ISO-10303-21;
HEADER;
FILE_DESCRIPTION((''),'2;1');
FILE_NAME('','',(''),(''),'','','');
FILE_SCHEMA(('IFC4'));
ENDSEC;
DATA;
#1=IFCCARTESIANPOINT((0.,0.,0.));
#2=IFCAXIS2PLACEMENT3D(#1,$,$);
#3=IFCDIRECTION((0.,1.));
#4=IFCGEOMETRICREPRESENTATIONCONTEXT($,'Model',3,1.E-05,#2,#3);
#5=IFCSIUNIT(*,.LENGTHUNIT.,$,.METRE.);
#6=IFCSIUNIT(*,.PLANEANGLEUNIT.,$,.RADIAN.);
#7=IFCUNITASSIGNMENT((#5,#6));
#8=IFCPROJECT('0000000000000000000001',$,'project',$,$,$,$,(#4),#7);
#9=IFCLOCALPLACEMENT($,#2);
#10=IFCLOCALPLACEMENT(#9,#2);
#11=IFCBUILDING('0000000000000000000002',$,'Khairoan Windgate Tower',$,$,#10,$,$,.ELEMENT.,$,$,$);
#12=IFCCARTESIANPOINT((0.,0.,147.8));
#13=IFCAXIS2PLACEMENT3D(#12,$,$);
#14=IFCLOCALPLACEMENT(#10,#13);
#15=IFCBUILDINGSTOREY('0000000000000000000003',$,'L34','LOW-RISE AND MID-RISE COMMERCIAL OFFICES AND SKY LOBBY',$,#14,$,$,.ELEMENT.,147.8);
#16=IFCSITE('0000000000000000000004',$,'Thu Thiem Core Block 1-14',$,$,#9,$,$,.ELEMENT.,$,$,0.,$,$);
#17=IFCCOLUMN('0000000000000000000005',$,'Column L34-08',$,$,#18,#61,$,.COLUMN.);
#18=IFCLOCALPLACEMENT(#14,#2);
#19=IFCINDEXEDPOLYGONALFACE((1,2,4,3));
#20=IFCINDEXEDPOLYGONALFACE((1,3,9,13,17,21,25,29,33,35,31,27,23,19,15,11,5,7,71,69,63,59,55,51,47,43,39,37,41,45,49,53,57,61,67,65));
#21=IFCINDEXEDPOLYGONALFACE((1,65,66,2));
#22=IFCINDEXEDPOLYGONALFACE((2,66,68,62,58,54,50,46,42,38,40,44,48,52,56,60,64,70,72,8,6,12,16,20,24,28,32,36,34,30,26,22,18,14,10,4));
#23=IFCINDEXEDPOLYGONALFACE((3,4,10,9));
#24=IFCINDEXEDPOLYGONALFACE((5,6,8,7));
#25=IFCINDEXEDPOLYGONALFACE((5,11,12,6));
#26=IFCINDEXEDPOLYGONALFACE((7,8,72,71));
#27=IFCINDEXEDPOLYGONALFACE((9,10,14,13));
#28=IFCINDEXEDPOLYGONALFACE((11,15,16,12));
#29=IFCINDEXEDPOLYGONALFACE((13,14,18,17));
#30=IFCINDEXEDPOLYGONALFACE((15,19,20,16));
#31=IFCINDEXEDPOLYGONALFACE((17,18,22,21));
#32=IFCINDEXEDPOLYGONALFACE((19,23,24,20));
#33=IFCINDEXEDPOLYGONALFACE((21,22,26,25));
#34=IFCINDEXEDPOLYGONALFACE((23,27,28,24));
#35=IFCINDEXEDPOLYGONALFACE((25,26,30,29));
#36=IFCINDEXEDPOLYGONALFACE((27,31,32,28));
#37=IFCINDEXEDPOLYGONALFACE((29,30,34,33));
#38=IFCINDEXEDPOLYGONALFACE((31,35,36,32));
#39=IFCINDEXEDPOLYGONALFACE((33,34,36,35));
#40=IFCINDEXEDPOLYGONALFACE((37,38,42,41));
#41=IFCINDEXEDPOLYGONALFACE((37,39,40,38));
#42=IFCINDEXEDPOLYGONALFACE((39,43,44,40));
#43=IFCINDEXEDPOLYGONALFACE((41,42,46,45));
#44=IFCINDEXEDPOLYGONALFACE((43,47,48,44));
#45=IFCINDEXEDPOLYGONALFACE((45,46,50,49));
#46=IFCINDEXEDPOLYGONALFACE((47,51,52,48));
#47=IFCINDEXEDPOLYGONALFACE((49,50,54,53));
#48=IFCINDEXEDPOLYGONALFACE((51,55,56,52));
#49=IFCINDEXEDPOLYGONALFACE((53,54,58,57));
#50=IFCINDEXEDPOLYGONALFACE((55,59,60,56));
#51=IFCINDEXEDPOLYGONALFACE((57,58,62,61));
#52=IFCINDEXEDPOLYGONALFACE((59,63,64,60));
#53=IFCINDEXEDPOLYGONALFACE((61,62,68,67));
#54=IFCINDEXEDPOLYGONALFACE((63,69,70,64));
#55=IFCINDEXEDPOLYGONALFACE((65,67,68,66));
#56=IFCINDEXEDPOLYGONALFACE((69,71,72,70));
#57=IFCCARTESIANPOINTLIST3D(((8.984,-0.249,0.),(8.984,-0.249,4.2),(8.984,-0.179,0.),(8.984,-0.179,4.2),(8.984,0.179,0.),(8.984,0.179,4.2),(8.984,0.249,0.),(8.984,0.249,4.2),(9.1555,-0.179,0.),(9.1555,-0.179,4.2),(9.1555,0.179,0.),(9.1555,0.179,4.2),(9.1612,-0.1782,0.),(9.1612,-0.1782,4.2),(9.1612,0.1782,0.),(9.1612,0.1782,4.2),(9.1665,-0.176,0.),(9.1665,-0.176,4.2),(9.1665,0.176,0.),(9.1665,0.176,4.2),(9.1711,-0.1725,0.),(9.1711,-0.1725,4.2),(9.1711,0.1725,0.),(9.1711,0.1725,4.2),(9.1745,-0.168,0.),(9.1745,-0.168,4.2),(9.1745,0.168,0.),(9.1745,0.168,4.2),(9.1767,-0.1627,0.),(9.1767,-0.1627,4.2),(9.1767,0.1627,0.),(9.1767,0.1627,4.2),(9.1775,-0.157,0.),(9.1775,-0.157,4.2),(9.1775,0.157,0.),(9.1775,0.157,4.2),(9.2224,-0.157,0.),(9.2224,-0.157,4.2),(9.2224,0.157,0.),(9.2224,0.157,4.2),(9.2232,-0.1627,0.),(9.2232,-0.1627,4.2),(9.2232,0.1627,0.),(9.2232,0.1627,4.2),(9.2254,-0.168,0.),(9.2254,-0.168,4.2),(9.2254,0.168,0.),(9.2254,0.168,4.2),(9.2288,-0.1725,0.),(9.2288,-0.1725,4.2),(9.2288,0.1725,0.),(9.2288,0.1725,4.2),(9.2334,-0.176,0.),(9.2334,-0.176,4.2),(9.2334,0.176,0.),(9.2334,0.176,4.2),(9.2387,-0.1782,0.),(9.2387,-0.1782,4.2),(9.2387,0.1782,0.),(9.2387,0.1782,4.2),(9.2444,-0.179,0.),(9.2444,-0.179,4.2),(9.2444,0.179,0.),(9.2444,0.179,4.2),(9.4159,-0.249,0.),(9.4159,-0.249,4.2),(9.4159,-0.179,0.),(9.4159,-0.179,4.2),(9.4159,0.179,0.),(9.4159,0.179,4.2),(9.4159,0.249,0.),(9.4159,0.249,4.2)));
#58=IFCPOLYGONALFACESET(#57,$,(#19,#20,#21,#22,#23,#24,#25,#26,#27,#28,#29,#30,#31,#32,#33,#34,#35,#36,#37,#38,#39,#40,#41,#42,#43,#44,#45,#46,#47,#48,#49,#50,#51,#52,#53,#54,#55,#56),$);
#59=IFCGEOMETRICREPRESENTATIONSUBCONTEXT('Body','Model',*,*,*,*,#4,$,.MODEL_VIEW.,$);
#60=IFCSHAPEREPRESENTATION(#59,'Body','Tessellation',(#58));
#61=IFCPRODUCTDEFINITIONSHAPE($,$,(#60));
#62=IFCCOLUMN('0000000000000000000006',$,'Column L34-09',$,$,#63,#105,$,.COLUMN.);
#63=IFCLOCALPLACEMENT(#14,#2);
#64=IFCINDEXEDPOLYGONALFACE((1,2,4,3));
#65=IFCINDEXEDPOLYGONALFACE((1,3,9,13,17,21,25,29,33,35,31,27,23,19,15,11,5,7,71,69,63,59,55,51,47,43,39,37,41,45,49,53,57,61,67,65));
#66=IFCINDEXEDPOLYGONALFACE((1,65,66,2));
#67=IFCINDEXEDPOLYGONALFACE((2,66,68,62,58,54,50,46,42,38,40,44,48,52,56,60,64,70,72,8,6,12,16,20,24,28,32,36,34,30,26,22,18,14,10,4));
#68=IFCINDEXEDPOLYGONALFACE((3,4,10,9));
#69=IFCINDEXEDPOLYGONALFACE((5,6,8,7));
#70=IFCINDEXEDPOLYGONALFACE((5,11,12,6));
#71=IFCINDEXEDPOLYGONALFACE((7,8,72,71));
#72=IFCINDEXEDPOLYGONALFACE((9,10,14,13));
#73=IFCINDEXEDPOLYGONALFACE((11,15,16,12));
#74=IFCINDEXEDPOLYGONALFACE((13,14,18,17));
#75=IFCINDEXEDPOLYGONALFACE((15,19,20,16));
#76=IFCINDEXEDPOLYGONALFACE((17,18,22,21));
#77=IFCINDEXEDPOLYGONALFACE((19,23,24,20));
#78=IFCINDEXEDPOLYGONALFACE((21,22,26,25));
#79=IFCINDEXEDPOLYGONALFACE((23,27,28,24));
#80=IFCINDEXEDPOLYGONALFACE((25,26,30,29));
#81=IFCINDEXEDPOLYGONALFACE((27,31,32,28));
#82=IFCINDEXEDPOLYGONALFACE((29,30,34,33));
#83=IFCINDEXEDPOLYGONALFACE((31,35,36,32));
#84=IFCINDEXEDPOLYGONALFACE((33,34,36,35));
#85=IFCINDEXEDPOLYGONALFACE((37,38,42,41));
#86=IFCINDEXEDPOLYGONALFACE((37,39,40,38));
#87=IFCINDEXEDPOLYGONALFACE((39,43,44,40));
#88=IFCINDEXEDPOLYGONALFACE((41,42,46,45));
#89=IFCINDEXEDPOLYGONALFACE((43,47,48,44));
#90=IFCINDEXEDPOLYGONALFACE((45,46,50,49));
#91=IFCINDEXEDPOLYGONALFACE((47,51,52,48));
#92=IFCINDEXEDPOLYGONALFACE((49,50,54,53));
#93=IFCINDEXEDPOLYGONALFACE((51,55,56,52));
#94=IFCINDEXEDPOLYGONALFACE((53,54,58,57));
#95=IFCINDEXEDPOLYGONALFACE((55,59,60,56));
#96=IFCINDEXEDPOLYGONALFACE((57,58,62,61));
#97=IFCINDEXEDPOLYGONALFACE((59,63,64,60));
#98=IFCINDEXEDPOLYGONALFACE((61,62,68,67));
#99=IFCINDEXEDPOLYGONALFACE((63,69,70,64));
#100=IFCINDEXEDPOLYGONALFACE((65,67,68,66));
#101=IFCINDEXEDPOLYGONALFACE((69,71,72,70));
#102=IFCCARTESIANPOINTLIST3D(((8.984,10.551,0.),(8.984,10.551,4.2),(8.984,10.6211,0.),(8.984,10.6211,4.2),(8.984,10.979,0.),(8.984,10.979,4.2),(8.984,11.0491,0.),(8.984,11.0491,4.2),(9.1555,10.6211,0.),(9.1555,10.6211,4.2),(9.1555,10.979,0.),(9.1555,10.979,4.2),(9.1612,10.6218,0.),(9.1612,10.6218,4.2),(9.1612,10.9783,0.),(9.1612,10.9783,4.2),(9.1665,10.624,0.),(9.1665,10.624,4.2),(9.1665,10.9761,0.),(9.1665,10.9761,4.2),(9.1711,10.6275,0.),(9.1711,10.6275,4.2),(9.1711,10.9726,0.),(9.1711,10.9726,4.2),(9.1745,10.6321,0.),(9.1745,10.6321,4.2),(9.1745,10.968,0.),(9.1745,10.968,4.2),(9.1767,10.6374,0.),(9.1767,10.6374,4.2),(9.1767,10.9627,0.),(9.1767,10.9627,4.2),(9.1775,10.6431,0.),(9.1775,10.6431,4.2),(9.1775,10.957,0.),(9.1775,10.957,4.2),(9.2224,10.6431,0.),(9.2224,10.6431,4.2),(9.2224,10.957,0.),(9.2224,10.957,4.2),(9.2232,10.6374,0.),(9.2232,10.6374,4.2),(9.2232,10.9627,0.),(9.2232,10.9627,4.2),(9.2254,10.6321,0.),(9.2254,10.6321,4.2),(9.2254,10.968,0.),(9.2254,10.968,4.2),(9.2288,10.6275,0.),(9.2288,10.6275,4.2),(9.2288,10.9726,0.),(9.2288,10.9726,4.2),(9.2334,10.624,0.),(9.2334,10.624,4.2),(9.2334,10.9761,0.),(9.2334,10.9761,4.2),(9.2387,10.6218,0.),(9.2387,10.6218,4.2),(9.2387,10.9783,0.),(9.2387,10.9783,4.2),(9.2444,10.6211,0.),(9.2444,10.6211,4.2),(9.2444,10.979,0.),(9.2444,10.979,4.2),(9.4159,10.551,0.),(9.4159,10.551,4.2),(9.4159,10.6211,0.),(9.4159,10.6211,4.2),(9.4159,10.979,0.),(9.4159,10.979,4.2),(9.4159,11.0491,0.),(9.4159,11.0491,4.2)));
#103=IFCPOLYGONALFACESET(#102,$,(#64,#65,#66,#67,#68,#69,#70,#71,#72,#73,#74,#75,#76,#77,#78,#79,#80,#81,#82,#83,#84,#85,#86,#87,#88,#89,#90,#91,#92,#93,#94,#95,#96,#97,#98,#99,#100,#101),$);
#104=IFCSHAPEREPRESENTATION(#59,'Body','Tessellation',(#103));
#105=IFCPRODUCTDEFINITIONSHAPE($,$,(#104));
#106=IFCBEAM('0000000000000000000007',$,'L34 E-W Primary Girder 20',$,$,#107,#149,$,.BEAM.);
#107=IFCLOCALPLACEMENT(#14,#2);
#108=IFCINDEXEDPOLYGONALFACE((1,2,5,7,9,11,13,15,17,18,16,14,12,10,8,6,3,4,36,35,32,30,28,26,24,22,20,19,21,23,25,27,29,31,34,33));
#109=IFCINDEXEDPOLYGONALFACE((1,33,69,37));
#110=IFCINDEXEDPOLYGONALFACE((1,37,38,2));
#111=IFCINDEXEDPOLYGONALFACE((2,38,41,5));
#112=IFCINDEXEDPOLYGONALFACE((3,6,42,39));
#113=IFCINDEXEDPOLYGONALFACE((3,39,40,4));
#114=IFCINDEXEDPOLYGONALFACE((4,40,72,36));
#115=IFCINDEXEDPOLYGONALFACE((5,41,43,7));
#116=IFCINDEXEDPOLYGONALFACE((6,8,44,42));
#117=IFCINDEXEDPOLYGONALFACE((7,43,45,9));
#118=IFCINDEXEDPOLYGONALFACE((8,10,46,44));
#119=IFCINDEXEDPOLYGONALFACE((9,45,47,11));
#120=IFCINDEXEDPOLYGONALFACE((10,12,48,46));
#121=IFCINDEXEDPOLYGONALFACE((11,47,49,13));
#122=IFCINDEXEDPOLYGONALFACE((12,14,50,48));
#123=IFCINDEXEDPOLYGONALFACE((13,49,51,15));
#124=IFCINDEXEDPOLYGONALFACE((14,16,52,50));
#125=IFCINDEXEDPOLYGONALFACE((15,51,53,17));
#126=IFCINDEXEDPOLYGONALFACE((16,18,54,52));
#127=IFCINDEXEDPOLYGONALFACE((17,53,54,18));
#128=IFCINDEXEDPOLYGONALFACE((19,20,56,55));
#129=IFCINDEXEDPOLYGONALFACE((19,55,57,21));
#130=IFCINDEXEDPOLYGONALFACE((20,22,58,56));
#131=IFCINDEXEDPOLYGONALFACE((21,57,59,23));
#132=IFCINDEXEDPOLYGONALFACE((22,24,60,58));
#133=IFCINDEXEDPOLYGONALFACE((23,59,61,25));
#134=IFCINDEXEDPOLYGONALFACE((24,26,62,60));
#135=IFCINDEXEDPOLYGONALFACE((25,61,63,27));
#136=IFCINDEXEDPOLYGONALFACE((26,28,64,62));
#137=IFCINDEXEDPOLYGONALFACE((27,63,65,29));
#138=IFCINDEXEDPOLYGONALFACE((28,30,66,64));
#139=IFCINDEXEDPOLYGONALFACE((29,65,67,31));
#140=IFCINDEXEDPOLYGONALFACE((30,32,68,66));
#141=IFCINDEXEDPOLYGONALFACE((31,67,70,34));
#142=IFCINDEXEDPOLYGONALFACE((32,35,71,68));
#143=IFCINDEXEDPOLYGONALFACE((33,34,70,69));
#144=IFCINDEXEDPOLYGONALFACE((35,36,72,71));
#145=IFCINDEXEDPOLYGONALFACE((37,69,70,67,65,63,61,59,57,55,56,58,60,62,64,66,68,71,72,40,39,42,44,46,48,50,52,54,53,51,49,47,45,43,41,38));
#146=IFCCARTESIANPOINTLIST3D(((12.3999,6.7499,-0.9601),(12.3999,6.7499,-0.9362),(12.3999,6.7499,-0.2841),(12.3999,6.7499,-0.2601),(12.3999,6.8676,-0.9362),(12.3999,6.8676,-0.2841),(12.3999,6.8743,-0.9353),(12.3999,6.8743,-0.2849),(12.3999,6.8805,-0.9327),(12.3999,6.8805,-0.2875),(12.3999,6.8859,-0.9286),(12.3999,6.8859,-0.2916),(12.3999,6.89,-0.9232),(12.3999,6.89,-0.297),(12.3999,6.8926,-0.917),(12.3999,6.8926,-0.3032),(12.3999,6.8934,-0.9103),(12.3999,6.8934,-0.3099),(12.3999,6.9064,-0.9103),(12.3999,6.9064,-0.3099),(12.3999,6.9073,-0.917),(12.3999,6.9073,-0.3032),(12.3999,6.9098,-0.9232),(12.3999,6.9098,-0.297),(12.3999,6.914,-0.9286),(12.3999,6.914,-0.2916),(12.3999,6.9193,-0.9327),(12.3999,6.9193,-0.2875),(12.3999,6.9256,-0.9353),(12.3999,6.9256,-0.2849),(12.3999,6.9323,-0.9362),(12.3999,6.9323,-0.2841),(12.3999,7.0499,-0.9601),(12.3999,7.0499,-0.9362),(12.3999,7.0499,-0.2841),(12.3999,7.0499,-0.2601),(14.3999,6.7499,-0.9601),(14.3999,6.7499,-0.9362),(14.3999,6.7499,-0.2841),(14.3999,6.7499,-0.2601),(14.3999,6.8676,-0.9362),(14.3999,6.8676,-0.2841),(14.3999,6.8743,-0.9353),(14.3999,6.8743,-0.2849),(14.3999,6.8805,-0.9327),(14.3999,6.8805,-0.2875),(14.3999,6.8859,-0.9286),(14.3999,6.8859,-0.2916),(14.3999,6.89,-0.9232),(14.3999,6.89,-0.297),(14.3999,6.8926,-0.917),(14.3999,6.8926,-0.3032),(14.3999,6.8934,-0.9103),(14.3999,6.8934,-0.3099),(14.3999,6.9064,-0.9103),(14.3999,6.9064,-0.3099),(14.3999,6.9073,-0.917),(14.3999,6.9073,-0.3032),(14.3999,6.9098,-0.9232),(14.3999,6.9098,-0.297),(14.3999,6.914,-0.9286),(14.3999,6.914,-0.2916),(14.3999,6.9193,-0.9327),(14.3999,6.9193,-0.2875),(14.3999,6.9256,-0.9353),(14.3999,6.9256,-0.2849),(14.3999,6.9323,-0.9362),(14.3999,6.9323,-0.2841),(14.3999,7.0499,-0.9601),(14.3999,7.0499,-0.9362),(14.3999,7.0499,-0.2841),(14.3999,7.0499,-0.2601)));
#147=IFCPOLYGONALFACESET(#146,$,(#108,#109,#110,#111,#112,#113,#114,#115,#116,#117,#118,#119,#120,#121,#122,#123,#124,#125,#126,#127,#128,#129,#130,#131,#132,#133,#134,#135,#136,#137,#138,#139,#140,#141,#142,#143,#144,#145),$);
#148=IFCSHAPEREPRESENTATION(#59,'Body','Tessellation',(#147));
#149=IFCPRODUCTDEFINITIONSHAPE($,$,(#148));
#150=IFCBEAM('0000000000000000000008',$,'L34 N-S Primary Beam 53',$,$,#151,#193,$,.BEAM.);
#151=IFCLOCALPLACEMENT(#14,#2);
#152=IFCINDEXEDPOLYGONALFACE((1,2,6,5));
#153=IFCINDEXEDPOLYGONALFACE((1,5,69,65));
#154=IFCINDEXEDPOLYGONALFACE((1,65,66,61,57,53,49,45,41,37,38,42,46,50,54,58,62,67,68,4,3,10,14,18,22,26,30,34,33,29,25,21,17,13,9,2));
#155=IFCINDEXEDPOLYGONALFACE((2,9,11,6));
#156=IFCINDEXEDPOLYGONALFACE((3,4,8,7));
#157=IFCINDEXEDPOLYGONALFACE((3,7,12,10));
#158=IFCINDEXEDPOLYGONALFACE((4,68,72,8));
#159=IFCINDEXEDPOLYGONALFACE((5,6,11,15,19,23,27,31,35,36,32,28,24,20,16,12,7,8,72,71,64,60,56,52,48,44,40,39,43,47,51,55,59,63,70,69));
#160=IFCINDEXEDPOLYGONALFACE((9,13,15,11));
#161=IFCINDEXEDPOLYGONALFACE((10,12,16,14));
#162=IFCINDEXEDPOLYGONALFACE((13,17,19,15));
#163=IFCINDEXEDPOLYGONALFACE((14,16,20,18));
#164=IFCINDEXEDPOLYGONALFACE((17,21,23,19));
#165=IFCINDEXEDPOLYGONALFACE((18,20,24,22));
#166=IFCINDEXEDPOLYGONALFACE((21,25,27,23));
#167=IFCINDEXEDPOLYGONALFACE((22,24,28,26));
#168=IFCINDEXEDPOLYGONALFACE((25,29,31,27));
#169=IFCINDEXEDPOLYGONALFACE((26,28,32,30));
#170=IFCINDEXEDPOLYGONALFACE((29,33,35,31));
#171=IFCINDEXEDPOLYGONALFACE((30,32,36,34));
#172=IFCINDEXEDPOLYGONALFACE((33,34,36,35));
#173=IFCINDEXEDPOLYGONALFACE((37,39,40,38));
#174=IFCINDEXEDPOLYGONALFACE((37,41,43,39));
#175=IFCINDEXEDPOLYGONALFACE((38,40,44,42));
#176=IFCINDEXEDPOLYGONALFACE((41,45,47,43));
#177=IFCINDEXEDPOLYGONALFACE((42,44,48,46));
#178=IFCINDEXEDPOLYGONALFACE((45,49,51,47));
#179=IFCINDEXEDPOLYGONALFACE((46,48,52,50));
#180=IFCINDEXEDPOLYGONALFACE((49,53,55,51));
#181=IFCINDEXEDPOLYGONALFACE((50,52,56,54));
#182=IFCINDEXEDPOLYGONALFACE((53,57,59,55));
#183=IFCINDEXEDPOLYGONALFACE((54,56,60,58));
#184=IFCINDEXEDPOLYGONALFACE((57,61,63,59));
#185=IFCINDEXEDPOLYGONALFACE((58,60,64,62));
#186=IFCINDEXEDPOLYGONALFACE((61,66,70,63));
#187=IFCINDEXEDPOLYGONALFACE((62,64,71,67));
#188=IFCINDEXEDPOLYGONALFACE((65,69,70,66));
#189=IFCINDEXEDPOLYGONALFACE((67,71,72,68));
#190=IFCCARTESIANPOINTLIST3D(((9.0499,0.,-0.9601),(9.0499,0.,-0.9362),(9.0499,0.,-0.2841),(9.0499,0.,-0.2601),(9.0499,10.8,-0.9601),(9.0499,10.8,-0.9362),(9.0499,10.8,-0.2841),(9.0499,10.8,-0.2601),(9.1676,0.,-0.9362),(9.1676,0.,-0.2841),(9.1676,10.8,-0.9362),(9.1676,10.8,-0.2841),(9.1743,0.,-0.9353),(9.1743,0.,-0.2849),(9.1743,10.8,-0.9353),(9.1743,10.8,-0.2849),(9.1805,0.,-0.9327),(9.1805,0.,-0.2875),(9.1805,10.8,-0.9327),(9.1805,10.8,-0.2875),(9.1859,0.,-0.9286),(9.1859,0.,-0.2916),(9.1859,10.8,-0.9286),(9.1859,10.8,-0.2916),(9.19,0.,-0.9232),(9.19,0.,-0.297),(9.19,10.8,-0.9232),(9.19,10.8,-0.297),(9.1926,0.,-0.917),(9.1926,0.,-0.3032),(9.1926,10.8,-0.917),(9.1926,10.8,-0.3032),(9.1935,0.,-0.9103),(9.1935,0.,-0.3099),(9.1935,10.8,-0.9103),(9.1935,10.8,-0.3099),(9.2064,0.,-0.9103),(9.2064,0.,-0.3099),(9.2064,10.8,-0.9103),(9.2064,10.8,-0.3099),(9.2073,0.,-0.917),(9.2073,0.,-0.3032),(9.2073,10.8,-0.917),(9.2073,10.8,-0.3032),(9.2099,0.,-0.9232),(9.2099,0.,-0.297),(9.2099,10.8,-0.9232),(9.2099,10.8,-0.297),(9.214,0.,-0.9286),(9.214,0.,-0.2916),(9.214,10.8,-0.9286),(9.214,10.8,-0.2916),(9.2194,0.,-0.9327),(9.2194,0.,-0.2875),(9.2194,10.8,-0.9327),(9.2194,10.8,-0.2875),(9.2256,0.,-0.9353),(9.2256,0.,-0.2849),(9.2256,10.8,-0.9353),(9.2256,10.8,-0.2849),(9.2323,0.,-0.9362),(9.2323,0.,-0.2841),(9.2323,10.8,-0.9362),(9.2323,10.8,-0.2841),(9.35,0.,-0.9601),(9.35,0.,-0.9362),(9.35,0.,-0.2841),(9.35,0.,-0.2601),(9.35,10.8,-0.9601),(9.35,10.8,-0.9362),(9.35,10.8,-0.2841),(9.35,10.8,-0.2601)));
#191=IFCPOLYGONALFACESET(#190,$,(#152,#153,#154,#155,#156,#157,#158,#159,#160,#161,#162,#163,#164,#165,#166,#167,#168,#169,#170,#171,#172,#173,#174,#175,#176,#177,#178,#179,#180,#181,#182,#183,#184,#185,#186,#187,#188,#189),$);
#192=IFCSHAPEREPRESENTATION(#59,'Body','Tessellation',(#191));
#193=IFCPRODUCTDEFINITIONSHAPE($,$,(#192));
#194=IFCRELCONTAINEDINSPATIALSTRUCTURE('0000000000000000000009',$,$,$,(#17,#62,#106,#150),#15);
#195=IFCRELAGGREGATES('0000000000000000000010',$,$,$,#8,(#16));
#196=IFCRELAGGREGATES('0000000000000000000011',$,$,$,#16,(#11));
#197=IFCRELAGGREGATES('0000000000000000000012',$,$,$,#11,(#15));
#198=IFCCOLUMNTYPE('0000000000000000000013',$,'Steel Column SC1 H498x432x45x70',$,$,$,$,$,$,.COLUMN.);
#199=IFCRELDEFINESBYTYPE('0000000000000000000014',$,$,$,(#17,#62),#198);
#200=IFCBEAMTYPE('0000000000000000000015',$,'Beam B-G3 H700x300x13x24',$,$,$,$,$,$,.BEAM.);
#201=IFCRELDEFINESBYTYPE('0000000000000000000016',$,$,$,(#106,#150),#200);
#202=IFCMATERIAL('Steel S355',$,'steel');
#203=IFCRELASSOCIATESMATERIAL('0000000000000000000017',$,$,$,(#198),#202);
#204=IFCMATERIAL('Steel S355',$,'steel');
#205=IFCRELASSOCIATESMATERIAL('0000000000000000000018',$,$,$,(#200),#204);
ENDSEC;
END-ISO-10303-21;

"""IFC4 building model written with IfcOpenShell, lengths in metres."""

from ifc_helpers import new_model, si_unit, direction, frame, origin, origin_2d, place, context, subcontext, project, spatial, i_section, extrude, material, material_profile, profile_set, type_object, element, save


model = new_model("IFC4")

# Units and contexts
model_context = context("Model", 3, precision=1e-05, world=origin(), true_north=direction((0.0, 1.0)))
body_context = subcontext(model_context, "Body", "Model", "MODEL_VIEW")
ifc_project = project(units=[si_unit("LENGTHUNIT", "METRE"), si_unit("PLANEANGLEUNIT", "RADIAN")], contexts=[model_context])

# Site, building, storey
site_placement = place(None, origin())
site = spatial("IfcSite", under=ifc_project, at=site_placement, Name="Thu Thiem Core Block 1-14", CompositionType="ELEMENT", RefElevation=0.0)
building_placement = place(site_placement, origin())
building = spatial("IfcBuilding", under=site, at=building_placement, Name="Khairoan Windgate Tower", CompositionType="ELEMENT")
storey_placement = place(building_placement, frame((0.0, 0.0, 147.8)))
storey = spatial("IfcBuildingStorey", under=building, at=storey_placement, Name="L34", Description="LOW-RISE AND MID-RISE COMMERCIAL OFFICES AND SKY LOBBY", CompositionType="ELEMENT", Elevation=147.8)

# Columns
ifc_material_1 = material(Name="Steel S355", Category="steel")
ifc_material_profile_1 = material_profile(ifc_material_1, i_section(OverallWidth=0.4319, OverallDepth=0.498, WebThickness=0.0449, FlangeThickness=0.0701, FilletRadius=0.022, at=origin_2d()))
ifc_profile_set_1 = profile_set([ifc_material_profile_1], Name="Steel S355")
column_type = type_object("IfcColumnType", Name="Steel Column SC1 H498x432x45x70", PredefinedType="COLUMN", material=ifc_profile_set_1)
for number, where, z_axis, x_axis, name in (
    (1, (9.2, 0.0, 0.0), (0.0, 0.0, 1.0), (1.0, 0.0, 0.0), "Column L34-08"),
    (2, (9.2, 10.8, 0.0), (0.0, 0.0, 1.0), (1.0, 0.0, 0.0), "Column L34-09"),
):
    element("IfcColumn", number, at=place(storey_placement, frame(where, z_axis=z_axis, x_axis=x_axis)), inside=storey, type_object=column_type, Name=name, PredefinedType="COLUMN", context=body_context, shape_type="SweptSolid", body=[
        extrude(i_section(OverallWidth=0.4319, OverallDepth=0.498, WebThickness=0.0449, FlangeThickness=0.0701, FilletRadius=0.022, at=origin_2d()), origin(), (0.0, 0.0, 1.0), 4.2),
    ])

# Beams
ifc_material_2 = material(Name="Steel S355", Category="steel")
ifc_material_profile_2 = material_profile(ifc_material_2, i_section(OverallWidth=0.3, OverallDepth=0.7, WebThickness=0.0129, FlangeThickness=0.0239, FilletRadius=0.0259, at=origin_2d()))
ifc_profile_set_2 = profile_set([ifc_material_profile_2], Name="Steel S355")
beam_type_1 = type_object("IfcBeamType", Name="Beam B-G3 H700x300x13x24", PredefinedType="BEAM", material=ifc_profile_set_2)
beam_1_placement = place(storey_placement, frame((12.3999, 6.8999, -0.6101), z_axis=(1.0, 0.0, 0.0), x_axis=(0.0, 1.0, 0.0)))
element("IfcBeam", 3, at=beam_1_placement, inside=storey, type_object=beam_type_1, Name="L34 E-W Primary Girder 20", PredefinedType="BEAM", context=body_context, shape_type="SweptSolid", body=[
    extrude(i_section(OverallWidth=0.3, OverallDepth=0.7, WebThickness=0.0129, FlangeThickness=0.0239, FilletRadius=0.0259, at=origin_2d()), origin(), (0.0, 0.0, 1.0), 2.0),
])
beam_2_placement = place(storey_placement, frame((9.2, 0.0, -0.6101), z_axis=(0.0, 1.0, 0.0), x_axis=(-1.0, 0.0, 0.0)))
element("IfcBeam", 4, at=beam_2_placement, inside=storey, type_object=beam_type_1, Name="L34 N-S Primary Beam 53", PredefinedType="BEAM", context=body_context, shape_type="SweptSolid", body=[
    extrude(i_section(OverallWidth=0.3, OverallDepth=0.7, WebThickness=0.0129, FlangeThickness=0.0239, FilletRadius=0.0259, at=origin_2d()), origin(), (0.0, 0.0, 1.0), 10.8),
])

save(model, "model.ifc")
